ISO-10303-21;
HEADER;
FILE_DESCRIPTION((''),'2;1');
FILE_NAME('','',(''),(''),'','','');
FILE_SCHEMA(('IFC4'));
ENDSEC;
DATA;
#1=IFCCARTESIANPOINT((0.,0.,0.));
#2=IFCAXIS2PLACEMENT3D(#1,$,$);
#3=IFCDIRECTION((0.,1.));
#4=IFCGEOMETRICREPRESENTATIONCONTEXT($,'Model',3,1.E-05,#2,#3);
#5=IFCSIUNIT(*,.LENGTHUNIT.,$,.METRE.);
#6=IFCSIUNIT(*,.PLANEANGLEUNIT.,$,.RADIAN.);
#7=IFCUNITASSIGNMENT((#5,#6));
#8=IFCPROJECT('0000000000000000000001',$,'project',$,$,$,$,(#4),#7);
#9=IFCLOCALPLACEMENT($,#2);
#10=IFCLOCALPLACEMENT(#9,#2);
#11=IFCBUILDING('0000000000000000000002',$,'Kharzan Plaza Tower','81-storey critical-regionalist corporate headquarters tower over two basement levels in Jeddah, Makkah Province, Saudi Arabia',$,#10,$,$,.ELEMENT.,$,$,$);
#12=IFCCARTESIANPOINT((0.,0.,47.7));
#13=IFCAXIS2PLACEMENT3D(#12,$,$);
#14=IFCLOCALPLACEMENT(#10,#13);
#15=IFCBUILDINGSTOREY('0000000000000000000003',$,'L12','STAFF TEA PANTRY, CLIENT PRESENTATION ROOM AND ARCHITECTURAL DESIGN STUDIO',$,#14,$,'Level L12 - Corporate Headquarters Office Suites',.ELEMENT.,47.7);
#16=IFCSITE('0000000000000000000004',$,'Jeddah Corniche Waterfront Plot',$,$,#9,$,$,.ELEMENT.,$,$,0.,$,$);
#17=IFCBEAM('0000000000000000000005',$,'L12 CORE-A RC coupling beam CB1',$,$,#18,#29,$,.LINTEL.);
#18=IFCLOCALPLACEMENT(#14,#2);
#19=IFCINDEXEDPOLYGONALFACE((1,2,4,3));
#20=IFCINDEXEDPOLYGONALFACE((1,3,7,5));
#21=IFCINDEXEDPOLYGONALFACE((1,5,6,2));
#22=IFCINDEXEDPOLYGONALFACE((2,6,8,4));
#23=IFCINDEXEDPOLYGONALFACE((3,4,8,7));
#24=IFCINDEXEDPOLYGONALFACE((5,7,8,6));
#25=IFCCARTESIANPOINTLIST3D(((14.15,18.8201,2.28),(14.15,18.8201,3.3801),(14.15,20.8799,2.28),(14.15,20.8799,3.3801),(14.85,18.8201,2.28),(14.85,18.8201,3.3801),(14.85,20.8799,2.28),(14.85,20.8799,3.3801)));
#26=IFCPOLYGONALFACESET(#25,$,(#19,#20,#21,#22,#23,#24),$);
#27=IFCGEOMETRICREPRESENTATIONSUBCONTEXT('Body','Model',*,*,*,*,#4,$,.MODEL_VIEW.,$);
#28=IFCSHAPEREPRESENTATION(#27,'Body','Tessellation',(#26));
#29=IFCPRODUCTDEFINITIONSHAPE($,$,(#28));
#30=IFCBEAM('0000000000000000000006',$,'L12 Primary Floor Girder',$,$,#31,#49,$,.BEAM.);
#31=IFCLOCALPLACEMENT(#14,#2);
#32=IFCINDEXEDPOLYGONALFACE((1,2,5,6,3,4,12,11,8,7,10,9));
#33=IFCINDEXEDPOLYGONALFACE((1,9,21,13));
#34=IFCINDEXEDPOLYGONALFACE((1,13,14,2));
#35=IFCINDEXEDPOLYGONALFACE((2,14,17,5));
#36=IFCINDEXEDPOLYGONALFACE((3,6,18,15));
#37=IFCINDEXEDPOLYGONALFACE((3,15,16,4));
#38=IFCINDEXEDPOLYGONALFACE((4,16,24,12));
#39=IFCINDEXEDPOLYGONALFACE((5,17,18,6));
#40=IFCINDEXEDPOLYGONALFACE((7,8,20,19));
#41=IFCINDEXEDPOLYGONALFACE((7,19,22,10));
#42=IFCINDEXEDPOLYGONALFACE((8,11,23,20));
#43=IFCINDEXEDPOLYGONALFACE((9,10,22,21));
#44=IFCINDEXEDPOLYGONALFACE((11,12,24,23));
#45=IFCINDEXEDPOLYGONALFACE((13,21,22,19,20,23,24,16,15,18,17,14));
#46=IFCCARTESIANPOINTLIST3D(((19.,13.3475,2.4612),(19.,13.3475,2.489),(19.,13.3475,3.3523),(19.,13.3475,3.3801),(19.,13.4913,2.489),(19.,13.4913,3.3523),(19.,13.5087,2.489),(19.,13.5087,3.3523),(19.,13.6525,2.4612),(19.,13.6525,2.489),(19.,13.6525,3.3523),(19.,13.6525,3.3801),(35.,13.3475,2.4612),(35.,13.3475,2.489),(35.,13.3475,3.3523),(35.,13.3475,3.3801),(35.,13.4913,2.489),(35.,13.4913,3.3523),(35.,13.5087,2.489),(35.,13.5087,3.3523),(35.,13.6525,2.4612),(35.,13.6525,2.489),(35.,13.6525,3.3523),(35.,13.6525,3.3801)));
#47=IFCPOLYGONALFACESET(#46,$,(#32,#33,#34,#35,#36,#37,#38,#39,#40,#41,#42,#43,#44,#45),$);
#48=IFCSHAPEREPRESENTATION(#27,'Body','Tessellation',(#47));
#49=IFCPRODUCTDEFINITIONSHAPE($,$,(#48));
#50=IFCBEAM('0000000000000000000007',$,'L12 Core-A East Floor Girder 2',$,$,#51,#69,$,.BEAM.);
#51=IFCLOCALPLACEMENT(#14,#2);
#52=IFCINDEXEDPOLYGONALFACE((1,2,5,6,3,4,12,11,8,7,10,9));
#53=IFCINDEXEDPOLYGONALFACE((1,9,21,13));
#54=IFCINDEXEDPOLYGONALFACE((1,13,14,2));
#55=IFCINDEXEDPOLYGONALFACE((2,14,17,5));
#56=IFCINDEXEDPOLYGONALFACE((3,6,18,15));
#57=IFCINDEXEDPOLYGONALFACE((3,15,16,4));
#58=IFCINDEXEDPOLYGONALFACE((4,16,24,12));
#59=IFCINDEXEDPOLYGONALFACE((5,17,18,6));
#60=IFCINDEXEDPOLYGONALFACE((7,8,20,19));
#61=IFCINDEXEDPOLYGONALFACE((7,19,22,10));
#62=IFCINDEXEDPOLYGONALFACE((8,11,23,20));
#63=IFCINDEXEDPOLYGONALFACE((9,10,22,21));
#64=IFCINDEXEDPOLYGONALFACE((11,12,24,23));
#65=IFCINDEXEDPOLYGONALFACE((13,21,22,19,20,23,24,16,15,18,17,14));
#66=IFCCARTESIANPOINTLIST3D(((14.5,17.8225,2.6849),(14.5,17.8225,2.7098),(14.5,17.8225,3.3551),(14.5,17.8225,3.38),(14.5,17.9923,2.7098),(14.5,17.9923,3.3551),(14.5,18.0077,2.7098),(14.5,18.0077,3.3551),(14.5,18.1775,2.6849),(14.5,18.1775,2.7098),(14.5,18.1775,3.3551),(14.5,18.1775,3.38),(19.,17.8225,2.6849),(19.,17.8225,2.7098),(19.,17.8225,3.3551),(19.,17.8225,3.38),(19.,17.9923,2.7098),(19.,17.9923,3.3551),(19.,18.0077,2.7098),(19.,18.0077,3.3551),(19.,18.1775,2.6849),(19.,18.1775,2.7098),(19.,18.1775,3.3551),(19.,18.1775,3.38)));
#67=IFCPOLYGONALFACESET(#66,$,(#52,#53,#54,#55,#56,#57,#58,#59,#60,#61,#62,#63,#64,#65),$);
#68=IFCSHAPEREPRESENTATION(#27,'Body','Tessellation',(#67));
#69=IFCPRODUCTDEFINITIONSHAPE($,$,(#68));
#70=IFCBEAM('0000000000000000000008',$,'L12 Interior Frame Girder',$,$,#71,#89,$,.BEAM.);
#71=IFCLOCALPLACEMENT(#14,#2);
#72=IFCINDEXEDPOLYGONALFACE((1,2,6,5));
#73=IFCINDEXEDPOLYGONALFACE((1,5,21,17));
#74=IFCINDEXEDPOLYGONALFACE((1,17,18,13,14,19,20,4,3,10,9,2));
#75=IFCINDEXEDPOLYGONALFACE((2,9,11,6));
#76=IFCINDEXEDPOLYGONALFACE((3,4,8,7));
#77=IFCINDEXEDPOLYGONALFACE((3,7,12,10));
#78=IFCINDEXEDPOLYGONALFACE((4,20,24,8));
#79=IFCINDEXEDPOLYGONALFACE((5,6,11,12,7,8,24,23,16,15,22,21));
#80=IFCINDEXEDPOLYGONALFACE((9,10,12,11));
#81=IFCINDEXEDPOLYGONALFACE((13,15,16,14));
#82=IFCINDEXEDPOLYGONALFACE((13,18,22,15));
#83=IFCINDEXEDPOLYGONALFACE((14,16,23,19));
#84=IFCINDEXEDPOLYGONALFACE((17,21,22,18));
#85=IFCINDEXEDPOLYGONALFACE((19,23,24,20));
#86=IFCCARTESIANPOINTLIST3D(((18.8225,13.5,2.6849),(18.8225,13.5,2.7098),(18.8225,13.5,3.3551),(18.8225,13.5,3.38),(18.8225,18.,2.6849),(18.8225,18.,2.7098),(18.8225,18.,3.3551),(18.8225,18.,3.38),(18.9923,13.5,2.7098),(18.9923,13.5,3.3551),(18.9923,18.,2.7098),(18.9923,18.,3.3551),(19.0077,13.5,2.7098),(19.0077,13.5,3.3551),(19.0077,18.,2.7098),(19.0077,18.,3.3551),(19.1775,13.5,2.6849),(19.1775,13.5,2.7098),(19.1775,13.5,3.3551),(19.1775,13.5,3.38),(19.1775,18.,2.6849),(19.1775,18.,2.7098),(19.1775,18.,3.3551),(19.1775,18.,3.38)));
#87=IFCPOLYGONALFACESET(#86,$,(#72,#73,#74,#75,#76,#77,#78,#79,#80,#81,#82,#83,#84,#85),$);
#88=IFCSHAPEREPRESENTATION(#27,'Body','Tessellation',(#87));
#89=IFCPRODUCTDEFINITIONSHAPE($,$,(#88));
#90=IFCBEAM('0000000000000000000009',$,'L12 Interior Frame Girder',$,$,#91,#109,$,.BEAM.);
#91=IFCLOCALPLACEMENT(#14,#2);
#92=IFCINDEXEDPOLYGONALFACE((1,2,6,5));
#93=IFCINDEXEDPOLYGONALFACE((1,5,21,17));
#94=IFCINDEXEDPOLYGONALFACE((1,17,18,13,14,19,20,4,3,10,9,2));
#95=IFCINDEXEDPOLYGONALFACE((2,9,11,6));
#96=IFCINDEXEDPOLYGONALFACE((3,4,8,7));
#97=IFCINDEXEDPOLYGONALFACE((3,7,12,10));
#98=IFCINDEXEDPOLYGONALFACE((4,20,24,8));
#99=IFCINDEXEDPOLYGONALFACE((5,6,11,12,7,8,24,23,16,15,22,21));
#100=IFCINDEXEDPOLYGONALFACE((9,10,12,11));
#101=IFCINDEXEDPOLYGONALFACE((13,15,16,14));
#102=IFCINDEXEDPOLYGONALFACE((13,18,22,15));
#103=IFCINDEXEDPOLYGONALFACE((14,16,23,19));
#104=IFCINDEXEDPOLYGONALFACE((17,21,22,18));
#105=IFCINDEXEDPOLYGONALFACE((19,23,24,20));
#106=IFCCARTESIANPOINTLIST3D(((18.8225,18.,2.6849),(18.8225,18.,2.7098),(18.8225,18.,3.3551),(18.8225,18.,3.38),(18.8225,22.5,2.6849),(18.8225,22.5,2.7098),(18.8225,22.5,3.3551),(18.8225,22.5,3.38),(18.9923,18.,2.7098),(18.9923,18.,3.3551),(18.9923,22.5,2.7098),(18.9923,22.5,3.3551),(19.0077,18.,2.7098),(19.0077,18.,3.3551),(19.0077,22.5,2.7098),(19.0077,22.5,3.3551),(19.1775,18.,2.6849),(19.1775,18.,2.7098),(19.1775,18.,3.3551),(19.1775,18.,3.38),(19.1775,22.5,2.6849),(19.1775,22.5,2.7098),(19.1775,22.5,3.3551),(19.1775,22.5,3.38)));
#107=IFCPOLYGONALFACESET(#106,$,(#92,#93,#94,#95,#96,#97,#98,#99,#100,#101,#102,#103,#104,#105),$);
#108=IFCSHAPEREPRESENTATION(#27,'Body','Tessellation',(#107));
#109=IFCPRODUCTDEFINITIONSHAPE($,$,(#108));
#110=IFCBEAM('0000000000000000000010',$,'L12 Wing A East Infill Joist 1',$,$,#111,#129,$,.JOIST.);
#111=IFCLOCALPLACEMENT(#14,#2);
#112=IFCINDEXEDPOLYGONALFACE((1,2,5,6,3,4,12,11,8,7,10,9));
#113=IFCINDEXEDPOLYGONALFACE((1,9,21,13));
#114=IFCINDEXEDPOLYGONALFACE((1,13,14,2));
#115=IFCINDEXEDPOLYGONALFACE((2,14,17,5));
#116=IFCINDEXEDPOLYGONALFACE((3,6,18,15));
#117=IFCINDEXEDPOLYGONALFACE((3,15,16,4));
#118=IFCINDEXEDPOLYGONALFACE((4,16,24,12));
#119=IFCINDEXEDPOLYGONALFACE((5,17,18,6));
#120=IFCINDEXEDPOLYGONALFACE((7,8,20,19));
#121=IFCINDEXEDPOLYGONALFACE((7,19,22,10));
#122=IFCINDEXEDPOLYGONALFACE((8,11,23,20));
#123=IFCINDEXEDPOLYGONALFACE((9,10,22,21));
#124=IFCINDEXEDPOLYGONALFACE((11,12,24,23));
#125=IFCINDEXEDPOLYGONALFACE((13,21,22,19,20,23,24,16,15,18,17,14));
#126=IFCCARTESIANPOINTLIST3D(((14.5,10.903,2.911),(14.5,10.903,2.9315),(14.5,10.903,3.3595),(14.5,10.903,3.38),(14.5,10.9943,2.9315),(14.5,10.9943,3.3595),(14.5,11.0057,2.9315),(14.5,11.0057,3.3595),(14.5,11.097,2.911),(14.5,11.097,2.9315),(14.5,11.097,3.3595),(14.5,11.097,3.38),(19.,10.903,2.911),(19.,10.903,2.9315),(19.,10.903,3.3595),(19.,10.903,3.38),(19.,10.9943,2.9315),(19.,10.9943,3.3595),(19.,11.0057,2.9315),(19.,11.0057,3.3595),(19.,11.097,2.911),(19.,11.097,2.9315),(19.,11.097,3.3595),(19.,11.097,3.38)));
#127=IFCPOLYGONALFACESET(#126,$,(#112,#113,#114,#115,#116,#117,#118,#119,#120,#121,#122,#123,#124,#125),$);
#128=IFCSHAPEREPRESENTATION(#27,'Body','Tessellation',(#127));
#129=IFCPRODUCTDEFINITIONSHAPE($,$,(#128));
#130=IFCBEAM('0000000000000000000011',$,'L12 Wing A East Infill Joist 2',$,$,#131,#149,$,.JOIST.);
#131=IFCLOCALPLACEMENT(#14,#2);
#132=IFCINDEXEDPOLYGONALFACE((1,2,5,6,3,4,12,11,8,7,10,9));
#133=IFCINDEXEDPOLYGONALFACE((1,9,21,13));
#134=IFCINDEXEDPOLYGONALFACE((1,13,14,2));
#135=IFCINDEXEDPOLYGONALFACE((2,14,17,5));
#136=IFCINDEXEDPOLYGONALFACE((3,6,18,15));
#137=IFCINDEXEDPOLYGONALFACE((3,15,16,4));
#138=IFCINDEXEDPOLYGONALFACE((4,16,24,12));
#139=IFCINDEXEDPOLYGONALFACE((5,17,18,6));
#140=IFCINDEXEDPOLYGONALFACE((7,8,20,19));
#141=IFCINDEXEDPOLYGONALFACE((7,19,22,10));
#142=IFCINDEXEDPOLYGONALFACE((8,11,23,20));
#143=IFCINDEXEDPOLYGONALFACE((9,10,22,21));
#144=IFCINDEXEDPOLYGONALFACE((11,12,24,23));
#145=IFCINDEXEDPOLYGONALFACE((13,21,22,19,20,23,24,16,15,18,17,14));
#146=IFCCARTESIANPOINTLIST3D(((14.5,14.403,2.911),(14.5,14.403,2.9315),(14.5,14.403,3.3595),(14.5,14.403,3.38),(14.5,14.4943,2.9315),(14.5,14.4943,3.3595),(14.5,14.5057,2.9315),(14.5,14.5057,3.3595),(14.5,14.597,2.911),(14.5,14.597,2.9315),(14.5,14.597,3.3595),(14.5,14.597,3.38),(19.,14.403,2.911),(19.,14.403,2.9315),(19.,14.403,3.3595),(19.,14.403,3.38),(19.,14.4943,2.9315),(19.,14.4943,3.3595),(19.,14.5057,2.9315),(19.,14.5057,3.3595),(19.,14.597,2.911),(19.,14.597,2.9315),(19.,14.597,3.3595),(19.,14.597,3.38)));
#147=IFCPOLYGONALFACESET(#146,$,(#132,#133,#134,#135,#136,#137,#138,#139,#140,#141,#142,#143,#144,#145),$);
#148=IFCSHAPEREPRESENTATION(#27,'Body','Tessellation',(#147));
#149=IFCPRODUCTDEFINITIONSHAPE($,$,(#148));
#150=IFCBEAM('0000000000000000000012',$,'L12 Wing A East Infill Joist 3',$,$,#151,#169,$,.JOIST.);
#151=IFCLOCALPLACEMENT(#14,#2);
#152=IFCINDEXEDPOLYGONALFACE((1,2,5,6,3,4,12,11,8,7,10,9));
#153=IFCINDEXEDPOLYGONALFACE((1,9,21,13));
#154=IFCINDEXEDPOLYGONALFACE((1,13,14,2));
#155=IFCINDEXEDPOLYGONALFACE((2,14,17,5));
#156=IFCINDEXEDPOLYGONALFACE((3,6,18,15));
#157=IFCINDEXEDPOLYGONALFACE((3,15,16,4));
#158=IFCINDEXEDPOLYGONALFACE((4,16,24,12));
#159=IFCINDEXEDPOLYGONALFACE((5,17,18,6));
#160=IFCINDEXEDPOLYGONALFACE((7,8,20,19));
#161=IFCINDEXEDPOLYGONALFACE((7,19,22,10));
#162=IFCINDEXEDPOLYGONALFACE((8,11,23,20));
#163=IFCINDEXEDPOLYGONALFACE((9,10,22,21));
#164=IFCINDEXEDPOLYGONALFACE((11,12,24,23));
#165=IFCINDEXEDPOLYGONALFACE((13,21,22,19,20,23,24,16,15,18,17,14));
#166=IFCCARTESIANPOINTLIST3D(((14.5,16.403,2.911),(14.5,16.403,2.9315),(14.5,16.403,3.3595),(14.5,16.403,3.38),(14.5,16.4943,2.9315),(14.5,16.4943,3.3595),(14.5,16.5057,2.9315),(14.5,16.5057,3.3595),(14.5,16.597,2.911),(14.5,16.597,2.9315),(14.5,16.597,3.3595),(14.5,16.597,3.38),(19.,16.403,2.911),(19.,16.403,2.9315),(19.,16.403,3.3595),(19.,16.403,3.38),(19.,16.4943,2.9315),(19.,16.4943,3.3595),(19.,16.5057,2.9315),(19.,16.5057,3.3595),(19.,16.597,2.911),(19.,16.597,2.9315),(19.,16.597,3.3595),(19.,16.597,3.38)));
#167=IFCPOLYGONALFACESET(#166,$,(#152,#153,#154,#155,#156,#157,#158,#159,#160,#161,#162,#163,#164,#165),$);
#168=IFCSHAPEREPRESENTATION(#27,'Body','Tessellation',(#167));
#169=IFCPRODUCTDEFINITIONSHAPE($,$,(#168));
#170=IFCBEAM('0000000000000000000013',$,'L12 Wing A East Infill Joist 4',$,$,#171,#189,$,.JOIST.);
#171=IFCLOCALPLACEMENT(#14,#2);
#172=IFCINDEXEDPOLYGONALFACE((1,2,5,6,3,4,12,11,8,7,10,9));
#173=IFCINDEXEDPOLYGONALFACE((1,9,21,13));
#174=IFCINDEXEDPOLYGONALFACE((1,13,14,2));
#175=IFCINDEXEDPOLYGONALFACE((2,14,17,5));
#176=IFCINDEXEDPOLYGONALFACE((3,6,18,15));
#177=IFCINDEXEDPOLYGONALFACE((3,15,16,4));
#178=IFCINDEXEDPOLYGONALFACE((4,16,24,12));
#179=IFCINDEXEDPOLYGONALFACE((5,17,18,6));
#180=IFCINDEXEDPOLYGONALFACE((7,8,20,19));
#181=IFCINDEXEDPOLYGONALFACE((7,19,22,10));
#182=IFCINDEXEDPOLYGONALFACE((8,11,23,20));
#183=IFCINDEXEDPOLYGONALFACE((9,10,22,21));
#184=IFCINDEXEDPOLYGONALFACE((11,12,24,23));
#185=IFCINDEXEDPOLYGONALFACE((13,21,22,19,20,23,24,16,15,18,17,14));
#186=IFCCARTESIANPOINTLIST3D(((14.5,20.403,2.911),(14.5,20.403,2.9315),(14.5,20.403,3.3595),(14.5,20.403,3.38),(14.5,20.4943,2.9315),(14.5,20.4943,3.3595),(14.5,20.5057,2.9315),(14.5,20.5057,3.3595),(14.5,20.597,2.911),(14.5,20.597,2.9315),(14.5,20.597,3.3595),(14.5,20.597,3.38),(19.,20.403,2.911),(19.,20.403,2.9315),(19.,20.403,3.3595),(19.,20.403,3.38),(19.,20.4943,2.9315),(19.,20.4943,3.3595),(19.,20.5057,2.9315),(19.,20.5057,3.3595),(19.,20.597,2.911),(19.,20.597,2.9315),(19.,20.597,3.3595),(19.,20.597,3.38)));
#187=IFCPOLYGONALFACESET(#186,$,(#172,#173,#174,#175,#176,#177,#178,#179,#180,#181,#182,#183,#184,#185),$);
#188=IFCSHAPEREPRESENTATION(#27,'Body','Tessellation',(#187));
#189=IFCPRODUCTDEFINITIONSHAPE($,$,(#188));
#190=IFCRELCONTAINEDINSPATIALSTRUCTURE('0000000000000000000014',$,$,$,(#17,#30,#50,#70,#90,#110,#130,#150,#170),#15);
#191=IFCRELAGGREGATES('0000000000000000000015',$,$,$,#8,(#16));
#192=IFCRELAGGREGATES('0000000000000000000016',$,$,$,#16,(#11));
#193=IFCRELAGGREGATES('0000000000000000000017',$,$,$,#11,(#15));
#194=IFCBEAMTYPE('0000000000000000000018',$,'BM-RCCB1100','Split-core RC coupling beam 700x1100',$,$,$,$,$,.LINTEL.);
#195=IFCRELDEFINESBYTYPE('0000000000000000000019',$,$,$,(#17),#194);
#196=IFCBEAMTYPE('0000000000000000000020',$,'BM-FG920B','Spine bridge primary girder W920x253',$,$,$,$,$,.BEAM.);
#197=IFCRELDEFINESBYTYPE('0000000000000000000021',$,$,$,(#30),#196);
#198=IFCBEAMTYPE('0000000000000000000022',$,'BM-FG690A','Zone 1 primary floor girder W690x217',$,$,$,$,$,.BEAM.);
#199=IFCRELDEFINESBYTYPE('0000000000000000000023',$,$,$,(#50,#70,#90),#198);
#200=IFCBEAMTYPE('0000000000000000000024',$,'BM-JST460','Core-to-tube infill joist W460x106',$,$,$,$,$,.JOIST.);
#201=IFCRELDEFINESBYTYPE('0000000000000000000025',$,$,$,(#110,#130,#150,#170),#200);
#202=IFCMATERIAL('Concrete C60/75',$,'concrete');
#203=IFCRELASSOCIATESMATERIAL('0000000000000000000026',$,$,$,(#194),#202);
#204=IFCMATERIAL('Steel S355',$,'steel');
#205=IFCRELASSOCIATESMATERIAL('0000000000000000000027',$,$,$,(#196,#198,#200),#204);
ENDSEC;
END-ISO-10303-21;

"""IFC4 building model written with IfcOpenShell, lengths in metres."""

from ifc_helpers import new_model, si_unit, direction, frame, origin, origin_2d, place, context, subcontext, project, spatial, rectangle, i_section, extrude, source, transform, mapped, material, material_profile, profile_set, type_object, element, save


model = new_model("IFC4")

# Units and contexts
model_context = context("Model", 3, precision=1e-05, world=origin(), true_north=direction((0.0, 1.0)))
body_context = subcontext(model_context, "Body", "Model", "MODEL_VIEW")
ifc_project = project(units=[si_unit("LENGTHUNIT", "METRE"), si_unit("PLANEANGLEUNIT", "RADIAN")], contexts=[model_context])

# Site, building, storey
site_placement = place(None, origin())
site = spatial("IfcSite", under=ifc_project, at=site_placement, Name="Jeddah Corniche Waterfront Plot", CompositionType="ELEMENT", RefElevation=0.0)
building_placement = place(site_placement, origin())
building = spatial("IfcBuilding", under=site, at=building_placement, Name="Kharzan Plaza Tower", Description="81-storey critical-regionalist corporate headquarters tower over two basement levels in Jeddah, Makkah Province, Saudi Arabia", CompositionType="ELEMENT")
storey_placement = place(building_placement, frame((0.0, 0.0, 47.7)))
storey = spatial("IfcBuildingStorey", under=building, at=storey_placement, Name="L12", Description="STAFF TEA PANTRY, CLIENT PRESENTATION ROOM AND ARCHITECTURAL DESIGN STUDIO", LongName="Level L12 - Corporate Headquarters Office Suites", CompositionType="ELEMENT", Elevation=47.7)

# Beams
ifc_material_1 = material(Name="Concrete C60/75", Category="concrete")
ifc_material_profile_1 = material_profile(ifc_material_1, rectangle(XDim=0.7, YDim=1.1001, at=origin_2d()), Name="RC-CB1100x700")
ifc_profile_set_1 = profile_set([ifc_material_profile_1], Name="Concrete C60/75")
beam_type_1 = type_object("IfcBeamType", Name="BM-RCCB1100", Description="Split-core RC coupling beam 700x1100", PredefinedType="LINTEL", material=ifc_profile_set_1)
shared_shape_1 = source(origin(), body_context, "Body", "SweptSolid", [
    extrude(rectangle(XDim=0.7, YDim=1.1001, at=origin_2d()), origin(), (0.0, 0.0, 1.0), 2.0598),
])
beam_1_placement = place(storey_placement, frame((14.5, 18.8201, 2.8301), z_axis=(0.0, 1.0, 0.0), x_axis=(-1.0, 0.0, 0.0)))
element("IfcBeam", 1, at=beam_1_placement, inside=storey, type_object=beam_type_1, Name="L12 CORE-A RC coupling beam CB1", PredefinedType="LINTEL", context=body_context, shape_type="MappedRepresentation", body=[
    mapped(shared_shape_1, transform((0.0, 0.0, 0.0), x_axis=(1.0, 0.0, 0.0), y_axis=(0.0, 1.0, 0.0), z_axis=(0.0, 0.0, 1.0))),
])
ifc_material_2 = material(Name="Steel S355", Category="steel")
ifc_material_profile_2 = material_profile(ifc_material_2, i_section(OverallWidth=0.3049, OverallDepth=0.9189, WebThickness=0.0173, FlangeThickness=0.0278, at=origin_2d()), Name="W920x253")
ifc_profile_set_2 = profile_set([ifc_material_profile_2], Name="Steel S355")
beam_type_2 = type_object("IfcBeamType", Name="BM-FG920B", Description="Spine bridge primary girder W920x253", PredefinedType="BEAM", material=ifc_profile_set_2)
shared_shape_2 = source(origin(), body_context, "Body", "SweptSolid", [
    extrude(i_section(OverallWidth=0.3049, OverallDepth=0.9189, WebThickness=0.0173, FlangeThickness=0.0278, at=origin_2d()), origin(), (0.0, 0.0, 1.0), 16.0),
])
beam_2_placement = place(storey_placement, frame((19.0, 13.5, 2.9207), z_axis=(1.0, 0.0, 0.0), x_axis=(0.0, 1.0, 0.0)))
element("IfcBeam", 2, at=beam_2_placement, inside=storey, type_object=beam_type_2, Name="L12 Primary Floor Girder", PredefinedType="BEAM", context=body_context, shape_type="MappedRepresentation", body=[
    mapped(shared_shape_2, transform((0.0, 0.0, 0.0), x_axis=(1.0, 0.0, 0.0), y_axis=(0.0, 1.0, 0.0), z_axis=(0.0, 0.0, 1.0))),
])
ifc_material_profile_3 = material_profile(ifc_material_2, i_section(OverallWidth=0.355, OverallDepth=0.6951, WebThickness=0.0154, FlangeThickness=0.0249, at=origin_2d()), Name="W690x217")
ifc_profile_set_3 = profile_set([ifc_material_profile_3], Name="Steel S355")
beam_type_3 = type_object("IfcBeamType", Name="BM-FG690A", Description="Zone 1 primary floor girder W690x217", PredefinedType="BEAM", material=ifc_profile_set_3)
shared_shape_3 = source(origin(), body_context, "Body", "SweptSolid", [
    extrude(i_section(OverallWidth=0.355, OverallDepth=0.6951, WebThickness=0.0154, FlangeThickness=0.0249, at=origin_2d()), origin(), (0.0, 0.0, 1.0), 4.5),
])
for number, where, z_axis, x_axis, name in (
    (3, (14.5, 18.0, 3.0325), (1.0, 0.0, 0.0), (0.0, 1.0, 0.0), "L12 Core-A East Floor Girder 2"),
    (4, (19.0, 13.5, 3.0325), (0.0, 1.0, 0.0), (-1.0, 0.0, 0.0), "L12 Interior Frame Girder"),
    (5, (19.0, 18.0, 3.0325), (0.0, 1.0, 0.0), (-1.0, 0.0, 0.0), "L12 Interior Frame Girder"),
):
    element("IfcBeam", number, at=place(storey_placement, frame(where, z_axis=z_axis, x_axis=x_axis)), inside=storey, type_object=beam_type_3, Name=name, PredefinedType="BEAM", context=body_context, shape_type="MappedRepresentation", body=[
        mapped(shared_shape_3, transform((0.0, 0.0, 0.0), x_axis=(1.0, 0.0, 0.0), y_axis=(0.0, 1.0, 0.0), z_axis=(0.0, 0.0, 1.0))),
    ])
ifc_material_profile_4 = material_profile(ifc_material_2, i_section(OverallWidth=0.1941, OverallDepth=0.469, WebThickness=0.0115, FlangeThickness=0.0205, at=origin_2d()), Name="W460x106")
ifc_profile_set_4 = profile_set([ifc_material_profile_4], Name="Steel S355")
beam_type_4 = type_object("IfcBeamType", Name="BM-JST460", Description="Core-to-tube infill joist W460x106", PredefinedType="JOIST", material=ifc_profile_set_4)
shared_shape_4 = source(origin(), body_context, "Body", "SweptSolid", [
    extrude(i_section(OverallWidth=0.1941, OverallDepth=0.469, WebThickness=0.0115, FlangeThickness=0.0205, at=origin_2d()), origin(), (0.0, 0.0, 1.0), 4.5),
])
for number, where, z_axis, x_axis, name in (
    (6, (14.5, 11.0, 3.1455), (1.0, 0.0, 0.0), (0.0, 1.0, 0.0), "L12 Wing A East Infill Joist 1"),
    (7, (14.5, 14.5, 3.1455), (1.0, 0.0, 0.0), (0.0, 1.0, 0.0), "L12 Wing A East Infill Joist 2"),
    (8, (14.5, 16.5, 3.1455), (1.0, 0.0, 0.0), (0.0, 1.0, 0.0), "L12 Wing A East Infill Joist 3"),
    (9, (14.5, 20.5, 3.1455), (1.0, 0.0, 0.0), (0.0, 1.0, 0.0), "L12 Wing A East Infill Joist 4"),
):
    element("IfcBeam", number, at=place(storey_placement, frame(where, z_axis=z_axis, x_axis=x_axis)), inside=storey, type_object=beam_type_4, Name=name, PredefinedType="JOIST", context=body_context, shape_type="MappedRepresentation", body=[
        mapped(shared_shape_4, transform((0.0, 0.0, 0.0), x_axis=(1.0, 0.0, 0.0), y_axis=(0.0, 1.0, 0.0), z_axis=(0.0, 0.0, 1.0))),
    ])

save(model, "model.ifc")
